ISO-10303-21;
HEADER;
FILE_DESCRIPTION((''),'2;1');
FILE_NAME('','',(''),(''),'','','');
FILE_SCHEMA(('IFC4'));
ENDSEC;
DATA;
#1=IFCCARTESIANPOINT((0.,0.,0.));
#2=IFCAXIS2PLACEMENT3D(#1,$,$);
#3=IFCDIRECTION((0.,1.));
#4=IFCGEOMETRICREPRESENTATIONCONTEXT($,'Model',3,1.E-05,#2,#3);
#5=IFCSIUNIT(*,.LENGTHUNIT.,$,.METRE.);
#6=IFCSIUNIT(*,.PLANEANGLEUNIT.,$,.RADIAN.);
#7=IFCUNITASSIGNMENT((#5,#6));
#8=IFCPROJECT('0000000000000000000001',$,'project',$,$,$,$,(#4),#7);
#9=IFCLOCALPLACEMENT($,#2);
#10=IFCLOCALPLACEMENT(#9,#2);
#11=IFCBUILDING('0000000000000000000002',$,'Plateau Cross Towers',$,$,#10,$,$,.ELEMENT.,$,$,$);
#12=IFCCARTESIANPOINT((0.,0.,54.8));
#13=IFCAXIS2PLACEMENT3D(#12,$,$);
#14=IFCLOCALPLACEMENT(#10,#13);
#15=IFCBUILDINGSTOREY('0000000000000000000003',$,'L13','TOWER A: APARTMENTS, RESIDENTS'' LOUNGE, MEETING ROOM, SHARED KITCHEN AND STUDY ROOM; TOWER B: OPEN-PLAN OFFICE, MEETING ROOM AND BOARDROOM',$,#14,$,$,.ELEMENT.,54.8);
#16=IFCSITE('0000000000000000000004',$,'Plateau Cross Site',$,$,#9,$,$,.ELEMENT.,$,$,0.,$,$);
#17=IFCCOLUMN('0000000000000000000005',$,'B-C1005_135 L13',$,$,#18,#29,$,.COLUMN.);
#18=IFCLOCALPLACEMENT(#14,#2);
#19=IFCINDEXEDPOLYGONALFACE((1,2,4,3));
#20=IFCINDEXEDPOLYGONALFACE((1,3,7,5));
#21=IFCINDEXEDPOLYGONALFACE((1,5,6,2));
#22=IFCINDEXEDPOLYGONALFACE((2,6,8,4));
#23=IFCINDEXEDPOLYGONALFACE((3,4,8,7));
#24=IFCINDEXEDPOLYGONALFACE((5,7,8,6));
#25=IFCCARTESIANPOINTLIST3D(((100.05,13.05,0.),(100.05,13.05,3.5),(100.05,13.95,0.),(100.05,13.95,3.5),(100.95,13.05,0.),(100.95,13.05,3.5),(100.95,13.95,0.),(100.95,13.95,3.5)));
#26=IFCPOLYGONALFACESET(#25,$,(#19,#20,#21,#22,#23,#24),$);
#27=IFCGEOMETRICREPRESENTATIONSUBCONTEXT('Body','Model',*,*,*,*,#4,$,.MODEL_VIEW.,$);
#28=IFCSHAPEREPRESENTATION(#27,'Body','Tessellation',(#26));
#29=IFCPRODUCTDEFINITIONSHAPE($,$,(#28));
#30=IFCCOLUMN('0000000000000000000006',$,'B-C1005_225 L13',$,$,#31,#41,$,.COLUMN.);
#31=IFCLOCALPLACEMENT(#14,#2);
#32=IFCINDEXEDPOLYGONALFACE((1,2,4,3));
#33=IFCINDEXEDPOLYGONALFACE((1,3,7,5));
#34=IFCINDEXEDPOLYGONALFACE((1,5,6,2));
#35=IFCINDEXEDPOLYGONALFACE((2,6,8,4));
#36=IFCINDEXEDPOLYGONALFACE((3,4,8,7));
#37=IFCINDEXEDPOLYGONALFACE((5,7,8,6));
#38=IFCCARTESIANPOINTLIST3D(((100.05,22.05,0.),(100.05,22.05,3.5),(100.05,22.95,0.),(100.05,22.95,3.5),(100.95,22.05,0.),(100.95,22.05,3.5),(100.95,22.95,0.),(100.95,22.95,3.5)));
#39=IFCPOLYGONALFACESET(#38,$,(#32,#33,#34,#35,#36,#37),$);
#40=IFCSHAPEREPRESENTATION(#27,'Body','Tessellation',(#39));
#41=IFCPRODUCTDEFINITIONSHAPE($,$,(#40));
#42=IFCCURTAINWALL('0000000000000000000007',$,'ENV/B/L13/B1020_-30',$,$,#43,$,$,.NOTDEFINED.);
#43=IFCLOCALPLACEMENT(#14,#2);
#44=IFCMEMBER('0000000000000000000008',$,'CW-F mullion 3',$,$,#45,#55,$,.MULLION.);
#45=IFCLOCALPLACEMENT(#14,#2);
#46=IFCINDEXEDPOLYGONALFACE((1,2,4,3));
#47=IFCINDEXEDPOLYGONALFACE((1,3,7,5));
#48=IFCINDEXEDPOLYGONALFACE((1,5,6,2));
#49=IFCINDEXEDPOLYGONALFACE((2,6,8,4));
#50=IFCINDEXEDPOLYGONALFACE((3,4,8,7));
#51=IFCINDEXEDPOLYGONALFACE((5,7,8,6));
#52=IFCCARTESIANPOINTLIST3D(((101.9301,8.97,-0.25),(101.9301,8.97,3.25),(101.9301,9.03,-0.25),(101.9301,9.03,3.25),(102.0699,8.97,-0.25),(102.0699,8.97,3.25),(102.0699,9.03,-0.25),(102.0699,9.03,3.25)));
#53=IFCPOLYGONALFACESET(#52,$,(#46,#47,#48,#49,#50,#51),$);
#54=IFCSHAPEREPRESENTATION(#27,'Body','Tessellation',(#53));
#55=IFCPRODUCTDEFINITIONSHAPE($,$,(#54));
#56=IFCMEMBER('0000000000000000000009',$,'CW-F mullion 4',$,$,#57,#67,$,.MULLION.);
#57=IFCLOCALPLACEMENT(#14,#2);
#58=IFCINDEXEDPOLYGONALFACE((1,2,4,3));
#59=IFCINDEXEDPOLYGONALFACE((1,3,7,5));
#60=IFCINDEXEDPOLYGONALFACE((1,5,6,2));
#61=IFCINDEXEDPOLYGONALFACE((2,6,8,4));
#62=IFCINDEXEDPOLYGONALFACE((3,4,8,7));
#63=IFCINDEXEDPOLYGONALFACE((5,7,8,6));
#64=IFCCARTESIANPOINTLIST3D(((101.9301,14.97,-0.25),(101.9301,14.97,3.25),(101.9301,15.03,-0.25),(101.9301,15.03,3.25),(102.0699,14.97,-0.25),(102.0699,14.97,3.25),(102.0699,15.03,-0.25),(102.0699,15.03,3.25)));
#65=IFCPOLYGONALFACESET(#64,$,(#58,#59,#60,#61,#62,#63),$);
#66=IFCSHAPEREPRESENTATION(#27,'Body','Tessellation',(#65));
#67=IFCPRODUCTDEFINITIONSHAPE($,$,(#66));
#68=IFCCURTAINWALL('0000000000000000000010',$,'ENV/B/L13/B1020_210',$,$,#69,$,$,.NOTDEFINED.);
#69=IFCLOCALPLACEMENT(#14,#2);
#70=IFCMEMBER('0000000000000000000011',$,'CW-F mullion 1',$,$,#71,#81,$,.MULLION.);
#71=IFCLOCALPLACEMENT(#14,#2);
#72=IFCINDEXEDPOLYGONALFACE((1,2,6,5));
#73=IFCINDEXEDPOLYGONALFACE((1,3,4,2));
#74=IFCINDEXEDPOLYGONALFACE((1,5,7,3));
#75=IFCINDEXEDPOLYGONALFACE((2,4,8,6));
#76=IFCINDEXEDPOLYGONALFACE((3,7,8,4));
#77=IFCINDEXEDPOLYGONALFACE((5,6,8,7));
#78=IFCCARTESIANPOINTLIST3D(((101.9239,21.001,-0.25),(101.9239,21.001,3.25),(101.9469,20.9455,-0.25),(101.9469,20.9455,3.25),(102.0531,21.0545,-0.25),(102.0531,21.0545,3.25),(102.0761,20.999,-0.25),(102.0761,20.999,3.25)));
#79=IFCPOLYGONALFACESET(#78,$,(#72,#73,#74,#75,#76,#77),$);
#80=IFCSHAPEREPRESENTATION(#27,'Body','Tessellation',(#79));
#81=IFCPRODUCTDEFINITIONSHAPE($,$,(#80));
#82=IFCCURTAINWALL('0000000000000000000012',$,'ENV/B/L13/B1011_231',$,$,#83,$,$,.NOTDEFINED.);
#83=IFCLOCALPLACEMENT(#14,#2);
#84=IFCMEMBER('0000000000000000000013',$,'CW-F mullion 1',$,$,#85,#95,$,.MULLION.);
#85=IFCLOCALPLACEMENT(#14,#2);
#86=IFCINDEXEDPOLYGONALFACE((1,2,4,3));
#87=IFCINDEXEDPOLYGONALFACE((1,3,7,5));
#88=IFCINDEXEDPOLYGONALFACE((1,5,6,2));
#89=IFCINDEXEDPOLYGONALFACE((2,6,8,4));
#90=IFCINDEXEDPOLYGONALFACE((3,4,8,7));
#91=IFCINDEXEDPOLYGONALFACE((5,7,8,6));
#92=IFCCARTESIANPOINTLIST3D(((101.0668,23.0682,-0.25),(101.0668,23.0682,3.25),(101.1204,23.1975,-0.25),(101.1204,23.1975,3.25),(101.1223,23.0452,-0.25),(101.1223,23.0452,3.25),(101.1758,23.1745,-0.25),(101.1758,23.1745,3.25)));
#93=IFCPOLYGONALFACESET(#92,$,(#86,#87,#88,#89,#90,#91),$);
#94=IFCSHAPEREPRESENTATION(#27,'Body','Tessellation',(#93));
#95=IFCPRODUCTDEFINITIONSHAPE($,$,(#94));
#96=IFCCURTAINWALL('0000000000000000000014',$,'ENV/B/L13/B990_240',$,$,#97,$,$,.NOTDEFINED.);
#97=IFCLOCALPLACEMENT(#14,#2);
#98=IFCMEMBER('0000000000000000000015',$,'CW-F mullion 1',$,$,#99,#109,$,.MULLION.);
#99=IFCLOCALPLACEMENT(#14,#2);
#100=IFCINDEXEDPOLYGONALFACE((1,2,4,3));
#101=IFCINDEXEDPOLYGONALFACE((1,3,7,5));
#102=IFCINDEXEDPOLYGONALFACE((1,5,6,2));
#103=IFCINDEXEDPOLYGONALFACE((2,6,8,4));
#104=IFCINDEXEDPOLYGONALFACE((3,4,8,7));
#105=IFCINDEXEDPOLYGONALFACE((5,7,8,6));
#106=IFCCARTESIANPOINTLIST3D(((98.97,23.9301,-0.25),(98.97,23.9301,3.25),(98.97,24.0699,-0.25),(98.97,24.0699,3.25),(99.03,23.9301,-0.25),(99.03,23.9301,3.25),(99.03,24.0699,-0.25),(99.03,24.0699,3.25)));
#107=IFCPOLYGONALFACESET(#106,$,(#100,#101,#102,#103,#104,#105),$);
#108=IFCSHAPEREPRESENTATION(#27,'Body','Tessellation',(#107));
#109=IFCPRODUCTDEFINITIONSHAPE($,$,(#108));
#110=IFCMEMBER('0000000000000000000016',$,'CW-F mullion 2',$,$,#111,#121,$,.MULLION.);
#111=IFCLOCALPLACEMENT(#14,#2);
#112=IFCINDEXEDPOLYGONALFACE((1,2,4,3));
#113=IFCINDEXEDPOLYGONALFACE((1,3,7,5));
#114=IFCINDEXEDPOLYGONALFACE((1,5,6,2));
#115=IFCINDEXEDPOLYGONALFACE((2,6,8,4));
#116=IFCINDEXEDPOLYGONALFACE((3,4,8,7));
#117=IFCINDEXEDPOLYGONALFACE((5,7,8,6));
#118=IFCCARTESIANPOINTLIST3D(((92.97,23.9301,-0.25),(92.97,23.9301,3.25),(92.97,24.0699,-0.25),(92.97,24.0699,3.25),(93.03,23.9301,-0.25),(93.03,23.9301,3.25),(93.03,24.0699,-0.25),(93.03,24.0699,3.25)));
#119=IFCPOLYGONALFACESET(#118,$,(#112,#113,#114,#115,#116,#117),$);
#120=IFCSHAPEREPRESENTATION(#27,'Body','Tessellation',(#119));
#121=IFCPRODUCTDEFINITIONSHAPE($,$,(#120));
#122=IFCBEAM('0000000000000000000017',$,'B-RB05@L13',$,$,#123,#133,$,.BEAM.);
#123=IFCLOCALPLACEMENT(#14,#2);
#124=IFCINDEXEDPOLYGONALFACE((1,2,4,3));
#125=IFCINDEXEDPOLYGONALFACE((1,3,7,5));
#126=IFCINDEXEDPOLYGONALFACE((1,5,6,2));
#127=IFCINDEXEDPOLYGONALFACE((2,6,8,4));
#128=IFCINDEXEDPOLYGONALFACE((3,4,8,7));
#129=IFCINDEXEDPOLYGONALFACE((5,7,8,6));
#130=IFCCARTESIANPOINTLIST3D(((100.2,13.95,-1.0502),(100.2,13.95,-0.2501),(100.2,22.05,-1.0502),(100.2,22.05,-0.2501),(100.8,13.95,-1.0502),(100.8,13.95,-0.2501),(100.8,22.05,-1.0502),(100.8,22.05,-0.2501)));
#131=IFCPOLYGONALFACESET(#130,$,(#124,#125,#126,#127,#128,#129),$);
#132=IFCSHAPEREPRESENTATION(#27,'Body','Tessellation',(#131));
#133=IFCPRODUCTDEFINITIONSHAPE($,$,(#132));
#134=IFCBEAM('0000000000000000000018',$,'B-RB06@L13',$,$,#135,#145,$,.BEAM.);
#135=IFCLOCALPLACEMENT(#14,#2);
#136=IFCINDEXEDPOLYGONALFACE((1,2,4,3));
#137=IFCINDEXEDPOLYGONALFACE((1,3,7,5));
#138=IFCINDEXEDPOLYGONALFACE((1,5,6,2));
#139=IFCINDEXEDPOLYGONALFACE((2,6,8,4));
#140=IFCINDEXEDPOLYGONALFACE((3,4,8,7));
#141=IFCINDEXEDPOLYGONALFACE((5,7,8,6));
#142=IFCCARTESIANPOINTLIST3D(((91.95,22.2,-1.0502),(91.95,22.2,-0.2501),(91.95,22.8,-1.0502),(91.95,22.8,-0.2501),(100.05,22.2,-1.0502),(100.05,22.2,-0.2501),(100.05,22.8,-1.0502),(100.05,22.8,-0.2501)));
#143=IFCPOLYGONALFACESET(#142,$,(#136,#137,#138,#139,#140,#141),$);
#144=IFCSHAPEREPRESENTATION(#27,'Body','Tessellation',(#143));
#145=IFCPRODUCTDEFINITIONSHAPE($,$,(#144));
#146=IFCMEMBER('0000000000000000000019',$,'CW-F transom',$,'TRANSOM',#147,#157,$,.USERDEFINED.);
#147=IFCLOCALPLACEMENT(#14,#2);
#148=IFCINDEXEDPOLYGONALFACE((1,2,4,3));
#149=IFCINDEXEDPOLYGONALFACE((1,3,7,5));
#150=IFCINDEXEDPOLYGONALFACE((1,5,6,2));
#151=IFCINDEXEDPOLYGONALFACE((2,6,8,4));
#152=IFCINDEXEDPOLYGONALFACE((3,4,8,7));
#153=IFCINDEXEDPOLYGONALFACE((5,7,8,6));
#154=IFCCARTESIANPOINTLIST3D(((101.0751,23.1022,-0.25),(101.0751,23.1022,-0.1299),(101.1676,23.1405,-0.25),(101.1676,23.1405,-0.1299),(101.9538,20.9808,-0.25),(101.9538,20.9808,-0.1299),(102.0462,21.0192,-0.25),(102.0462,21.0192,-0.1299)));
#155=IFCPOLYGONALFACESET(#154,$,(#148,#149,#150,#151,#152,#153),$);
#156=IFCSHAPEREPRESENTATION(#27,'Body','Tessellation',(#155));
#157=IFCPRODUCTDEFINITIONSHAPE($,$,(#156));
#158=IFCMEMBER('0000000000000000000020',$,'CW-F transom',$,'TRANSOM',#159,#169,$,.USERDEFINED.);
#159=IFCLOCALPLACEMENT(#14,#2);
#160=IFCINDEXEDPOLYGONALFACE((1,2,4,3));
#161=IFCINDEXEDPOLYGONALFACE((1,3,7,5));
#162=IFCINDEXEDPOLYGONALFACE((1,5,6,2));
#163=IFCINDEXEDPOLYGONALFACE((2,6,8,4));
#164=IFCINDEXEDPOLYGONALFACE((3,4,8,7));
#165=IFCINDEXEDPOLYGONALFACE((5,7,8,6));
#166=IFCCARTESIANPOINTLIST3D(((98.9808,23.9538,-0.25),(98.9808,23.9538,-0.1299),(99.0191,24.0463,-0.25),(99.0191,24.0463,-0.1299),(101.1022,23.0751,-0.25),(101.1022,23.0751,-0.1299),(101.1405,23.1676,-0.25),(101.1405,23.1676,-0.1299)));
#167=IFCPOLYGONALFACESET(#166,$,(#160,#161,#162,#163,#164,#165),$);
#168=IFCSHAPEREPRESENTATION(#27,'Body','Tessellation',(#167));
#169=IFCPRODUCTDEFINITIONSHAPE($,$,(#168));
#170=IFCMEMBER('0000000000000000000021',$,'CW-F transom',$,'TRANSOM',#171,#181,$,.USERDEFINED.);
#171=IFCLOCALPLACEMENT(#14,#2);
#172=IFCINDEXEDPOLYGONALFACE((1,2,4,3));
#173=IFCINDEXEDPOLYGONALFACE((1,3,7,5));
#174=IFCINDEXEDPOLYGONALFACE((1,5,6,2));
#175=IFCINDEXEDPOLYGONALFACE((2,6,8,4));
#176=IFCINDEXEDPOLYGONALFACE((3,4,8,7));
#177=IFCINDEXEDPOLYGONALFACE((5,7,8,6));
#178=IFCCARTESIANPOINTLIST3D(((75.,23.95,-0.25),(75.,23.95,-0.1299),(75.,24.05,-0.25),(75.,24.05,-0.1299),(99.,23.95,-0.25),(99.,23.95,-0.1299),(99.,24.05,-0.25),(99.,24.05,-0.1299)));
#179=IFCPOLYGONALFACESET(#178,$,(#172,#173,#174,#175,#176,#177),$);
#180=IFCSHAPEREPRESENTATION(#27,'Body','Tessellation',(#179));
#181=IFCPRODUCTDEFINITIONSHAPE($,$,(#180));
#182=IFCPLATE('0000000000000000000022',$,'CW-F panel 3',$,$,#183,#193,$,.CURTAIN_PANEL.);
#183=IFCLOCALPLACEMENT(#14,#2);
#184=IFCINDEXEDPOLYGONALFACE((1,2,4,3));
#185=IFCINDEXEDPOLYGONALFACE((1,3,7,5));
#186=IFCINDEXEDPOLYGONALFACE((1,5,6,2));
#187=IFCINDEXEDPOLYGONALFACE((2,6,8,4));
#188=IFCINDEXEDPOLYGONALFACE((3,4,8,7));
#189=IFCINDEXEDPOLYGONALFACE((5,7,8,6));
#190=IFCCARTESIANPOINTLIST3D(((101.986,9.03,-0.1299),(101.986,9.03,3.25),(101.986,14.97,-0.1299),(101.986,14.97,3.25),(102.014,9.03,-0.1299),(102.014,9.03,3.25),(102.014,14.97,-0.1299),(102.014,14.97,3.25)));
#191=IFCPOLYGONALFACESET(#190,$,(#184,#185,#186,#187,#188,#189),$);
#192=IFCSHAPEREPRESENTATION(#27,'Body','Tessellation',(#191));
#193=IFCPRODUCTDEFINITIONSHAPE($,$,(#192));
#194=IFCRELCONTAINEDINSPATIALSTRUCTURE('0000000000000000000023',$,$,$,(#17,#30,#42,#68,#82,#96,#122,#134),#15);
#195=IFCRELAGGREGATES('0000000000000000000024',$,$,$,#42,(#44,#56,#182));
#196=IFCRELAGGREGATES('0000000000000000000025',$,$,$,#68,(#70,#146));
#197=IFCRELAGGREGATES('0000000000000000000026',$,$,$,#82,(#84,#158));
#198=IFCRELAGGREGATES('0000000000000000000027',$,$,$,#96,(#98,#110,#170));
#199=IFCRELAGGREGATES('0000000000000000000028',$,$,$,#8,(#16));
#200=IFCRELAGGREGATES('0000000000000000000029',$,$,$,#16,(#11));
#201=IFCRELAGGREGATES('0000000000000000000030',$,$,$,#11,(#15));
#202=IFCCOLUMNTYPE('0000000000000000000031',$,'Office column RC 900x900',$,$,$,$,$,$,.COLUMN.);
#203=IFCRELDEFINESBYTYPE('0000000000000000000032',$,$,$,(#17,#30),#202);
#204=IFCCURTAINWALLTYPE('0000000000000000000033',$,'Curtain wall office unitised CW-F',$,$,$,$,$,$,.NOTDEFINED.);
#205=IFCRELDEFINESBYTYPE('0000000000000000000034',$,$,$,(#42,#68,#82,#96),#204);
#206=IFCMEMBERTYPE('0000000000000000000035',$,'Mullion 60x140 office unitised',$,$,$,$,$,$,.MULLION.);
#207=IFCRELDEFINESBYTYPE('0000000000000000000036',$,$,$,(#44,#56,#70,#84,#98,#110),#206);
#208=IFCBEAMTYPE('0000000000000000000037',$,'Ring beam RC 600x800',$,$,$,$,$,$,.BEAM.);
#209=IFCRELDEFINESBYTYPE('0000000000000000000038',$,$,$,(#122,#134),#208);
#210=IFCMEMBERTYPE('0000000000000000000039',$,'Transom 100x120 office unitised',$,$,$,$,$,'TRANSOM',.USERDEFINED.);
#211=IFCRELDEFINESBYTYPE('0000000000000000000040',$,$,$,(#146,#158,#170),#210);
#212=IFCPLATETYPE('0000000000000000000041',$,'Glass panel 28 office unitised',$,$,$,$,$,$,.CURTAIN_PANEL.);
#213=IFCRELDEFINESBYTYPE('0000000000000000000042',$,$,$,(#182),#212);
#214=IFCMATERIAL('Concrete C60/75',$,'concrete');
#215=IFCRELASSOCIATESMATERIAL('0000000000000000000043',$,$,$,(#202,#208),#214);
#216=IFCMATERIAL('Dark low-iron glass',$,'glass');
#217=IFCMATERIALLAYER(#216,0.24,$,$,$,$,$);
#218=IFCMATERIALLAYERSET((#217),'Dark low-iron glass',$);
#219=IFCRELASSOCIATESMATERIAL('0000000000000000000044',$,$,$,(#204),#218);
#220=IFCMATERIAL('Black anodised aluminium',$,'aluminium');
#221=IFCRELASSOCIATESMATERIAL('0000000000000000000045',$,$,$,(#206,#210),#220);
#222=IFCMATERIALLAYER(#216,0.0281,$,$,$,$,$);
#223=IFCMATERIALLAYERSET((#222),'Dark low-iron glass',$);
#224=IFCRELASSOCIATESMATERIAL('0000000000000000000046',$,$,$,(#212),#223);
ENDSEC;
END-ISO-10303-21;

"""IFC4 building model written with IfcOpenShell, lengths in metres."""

from ifc_helpers import new_model, si_unit, direction, frame, origin, origin_2d, place, context, subcontext, project, spatial, rectangle, extrude, material, layer, layer_set, material_profile, profile_set, type_object, element, aggregate, save


model = new_model("IFC4")

# Units and contexts
model_context = context("Model", 3, precision=1e-05, world=origin(), true_north=direction((0.0, 1.0)))
body_context = subcontext(model_context, "Body", "Model", "MODEL_VIEW")
ifc_project = project(units=[si_unit("LENGTHUNIT", "METRE"), si_unit("PLANEANGLEUNIT", "RADIAN")], contexts=[model_context])

# Site, building, storey
site_placement = place(None, origin())
site = spatial("IfcSite", under=ifc_project, at=site_placement, Name="Plateau Cross Site", CompositionType="ELEMENT", RefElevation=0.0)
building_placement = place(site_placement, origin())
building = spatial("IfcBuilding", under=site, at=building_placement, Name="Plateau Cross Towers", CompositionType="ELEMENT")
storey_placement = place(building_placement, frame((0.0, 0.0, 54.8)))
storey = spatial("IfcBuildingStorey", under=building, at=storey_placement, Name="L13", Description="TOWER A: APARTMENTS, RESIDENTS' LOUNGE, MEETING ROOM, SHARED KITCHEN AND STUDY ROOM; TOWER B: OPEN-PLAN OFFICE, MEETING ROOM AND BOARDROOM", CompositionType="ELEMENT", Elevation=54.8)

# Columns
ifc_material_1 = material(Name="Concrete C60/75", Category="concrete")
ifc_material_profile_1 = material_profile(ifc_material_1, rectangle(XDim=0.8999, YDim=0.8999, at=origin_2d()), Name="RC 900x900")
ifc_profile_set_1 = profile_set([ifc_material_profile_1], Name="Concrete C60/75")
column_type = type_object("IfcColumnType", Name="Office column RC 900x900", PredefinedType="COLUMN", material=ifc_profile_set_1)
for number, where, z_axis, x_axis, name in (
    (1, (100.5, 13.5, 0.0), (0.0, 0.0, 1.0), (1.0, 0.0, 0.0), "B-C1005_135 L13"),
    (2, (100.5, 22.5, 0.0), (0.0, 0.0, 1.0), (1.0, 0.0, 0.0), "B-C1005_225 L13"),
):
    element("IfcColumn", number, at=place(storey_placement, frame(where, z_axis=z_axis, x_axis=x_axis)), inside=storey, type_object=column_type, Name=name, PredefinedType="COLUMN", context=body_context, shape_type="SweptSolid", body=[
        extrude(rectangle(XDim=0.8999, YDim=0.8999, at=origin_2d()), origin(), (0.0, 0.0, 1.0), 3.5),
    ])

# Curtain wall, members
ifc_material_2 = material(Name="Dark low-iron glass", Category="glass")
ifc_layer_1 = layer(ifc_material_2, 0.24)
ifc_layer_set_1 = layer_set([ifc_layer_1], Name="Dark low-iron glass")
curtain_wall_type = type_object("IfcCurtainWallType", Name="Curtain wall office unitised CW-F", PredefinedType="NOTDEFINED", material=ifc_layer_set_1)
curtain_wall_1_placement = place(storey_placement, origin())
curtain_wall_1 = element("IfcCurtainWall", 3, at=curtain_wall_1_placement, inside=storey, type_object=curtain_wall_type, Name="ENV/B/L13/B1020_-30", PredefinedType="NOTDEFINED")
ifc_material_3 = material(Name="Black anodised aluminium", Category="aluminium")
ifc_material_profile_2 = material_profile(ifc_material_3, rectangle(XDim=0.0601, YDim=0.1399, at=origin_2d()), Name="MULLION 60x140")
ifc_profile_set_2 = profile_set([ifc_material_profile_2], Name="Black anodised aluminium")
member_type_1 = type_object("IfcMemberType", Name="Mullion 60x140 office unitised", PredefinedType="MULLION", material=ifc_profile_set_2)
member_1_placement = place(storey_placement, frame((102.0, 9.0, -0.25), z_axis=(0.0, 0.0, 1.0), x_axis=(0.0, 1.0, 0.0)))
member_1 = element("IfcMember", 4, at=member_1_placement, type_object=member_type_1, Name="CW-F mullion 3", PredefinedType="MULLION", context=body_context, shape_type="SweptSolid", body=[
    extrude(rectangle(XDim=0.0601, YDim=0.1399, at=origin_2d()), origin(), (0.0, 0.0, 1.0), 3.5),
])
member_2_placement = place(storey_placement, frame((102.0, 15.0, -0.25), z_axis=(0.0, 0.0, 1.0), x_axis=(0.0, 1.0, 0.0)))
member_2 = element("IfcMember", 5, at=member_2_placement, type_object=member_type_1, Name="CW-F mullion 4", PredefinedType="MULLION", context=body_context, shape_type="SweptSolid", body=[
    extrude(rectangle(XDim=0.0601, YDim=0.1399, at=origin_2d()), origin(), (0.0, 0.0, 1.0), 3.5),
])

# Curtain walls, members
curtain_wall_2_placement = place(storey_placement, origin())
curtain_wall_2 = element("IfcCurtainWall", 6, at=curtain_wall_2_placement, inside=storey, type_object=curtain_wall_type, Name="ENV/B/L13/B1020_210", PredefinedType="NOTDEFINED")
member_3_placement = place(storey_placement, frame((102.0, 21.0, -0.25), z_axis=(0.0, 0.0, 1.0), x_axis=(-0.382684, 0.923879, 0.0)))
member_3 = element("IfcMember", 7, at=member_3_placement, type_object=member_type_1, Name="CW-F mullion 1", PredefinedType="MULLION", context=body_context, shape_type="SweptSolid", body=[
    extrude(rectangle(XDim=0.0601, YDim=0.1399, at=origin_2d()), origin(), (0.0, 0.0, 1.0), 3.5),
])
curtain_wall_3_placement = place(storey_placement, origin())
curtain_wall_3 = element("IfcCurtainWall", 8, at=curtain_wall_3_placement, inside=storey, type_object=curtain_wall_type, Name="ENV/B/L13/B1011_231", PredefinedType="NOTDEFINED")
member_4_placement = place(storey_placement, frame((101.1213, 23.1213, -0.25), z_axis=(0.0, 0.0, 1.0), x_axis=(-0.923879, 0.382684, 0.0)))
member_4 = element("IfcMember", 9, at=member_4_placement, type_object=member_type_1, Name="CW-F mullion 1", PredefinedType="MULLION", context=body_context, shape_type="SweptSolid", body=[
    extrude(rectangle(XDim=0.0601, YDim=0.1399, at=origin_2d()), origin(), (0.0, 0.0, 1.0), 3.5),
])

# Curtain wall, members
curtain_wall_4_placement = place(storey_placement, origin())
curtain_wall_4 = element("IfcCurtainWall", 10, at=curtain_wall_4_placement, inside=storey, type_object=curtain_wall_type, Name="ENV/B/L13/B990_240", PredefinedType="NOTDEFINED")
member_5_placement = place(storey_placement, frame((99.0, 24.0, -0.25), z_axis=(0.0, 0.0, 1.0), x_axis=(-1.0, 0.0, 0.0)))
member_5 = element("IfcMember", 11, at=member_5_placement, type_object=member_type_1, Name="CW-F mullion 1", PredefinedType="MULLION", context=body_context, shape_type="SweptSolid", body=[
    extrude(rectangle(XDim=0.0601, YDim=0.1399, at=origin_2d()), origin(), (0.0, 0.0, 1.0), 3.5),
])
member_6_placement = place(storey_placement, frame((93.0, 24.0, -0.25), z_axis=(0.0, 0.0, 1.0), x_axis=(-1.0, 0.0, 0.0)))
member_6 = element("IfcMember", 12, at=member_6_placement, type_object=member_type_1, Name="CW-F mullion 2", PredefinedType="MULLION", context=body_context, shape_type="SweptSolid", body=[
    extrude(rectangle(XDim=0.0601, YDim=0.1399, at=origin_2d()), origin(), (0.0, 0.0, 1.0), 3.5),
])

# Beams
ifc_material_profile_3 = material_profile(ifc_material_1, rectangle(XDim=0.6001, YDim=0.8, at=origin_2d()), Name="RC 600x800")
ifc_profile_set_3 = profile_set([ifc_material_profile_3], Name="Concrete C60/75")
beam_type = type_object("IfcBeamType", Name="Ring beam RC 600x800", PredefinedType="BEAM", material=ifc_profile_set_3)
for number, where, z_axis, x_axis, name in (
    (13, (100.5, 13.95, -0.6501), (0.0, 1.0, 0.0), (-1.0, 0.0, 0.0), "B-RB05@L13"),
    (14, (100.05, 22.5, -0.6501), (-1.0, 0.0, 0.0), (0.0, -1.0, 0.0), "B-RB06@L13"),
):
    element("IfcBeam", number, at=place(storey_placement, frame(where, z_axis=z_axis, x_axis=x_axis)), inside=storey, type_object=beam_type, Name=name, PredefinedType="BEAM", context=body_context, shape_type="SweptSolid", body=[
        extrude(rectangle(XDim=0.6001, YDim=0.8, at=origin_2d()), origin(), (0.0, 0.0, 1.0), 8.1001),
    ])

# Members
ifc_material_profile_4 = material_profile(ifc_material_3, rectangle(XDim=0.1001, YDim=0.1201, at=origin_2d()), Name="TRANSOM 100x120")
ifc_profile_set_4 = profile_set([ifc_material_profile_4], Name="Black anodised aluminium")
member_type_2 = type_object("IfcMemberType", Name="Transom 100x120 office unitised", ElementType="TRANSOM", PredefinedType="USERDEFINED", material=ifc_profile_set_4)
member_7_placement = place(storey_placement, frame((102.0, 21.0, -0.1899), z_axis=(-0.382674, 0.923883, 0.0), x_axis=(-0.923883, -0.382674, 0.0)))
member_7 = element("IfcMember", 15, at=member_7_placement, type_object=member_type_2, Name="CW-F transom", ObjectType="TRANSOM", PredefinedType="USERDEFINED", context=body_context, shape_type="SweptSolid", body=[
    extrude(rectangle(XDim=0.1001, YDim=0.1201, at=origin_2d()), origin(), (0.0, 0.0, 1.0), 2.2961),
])
member_8_placement = place(storey_placement, frame((101.1213, 23.1213, -0.1899), z_axis=(-0.923883, 0.382674, 0.0), x_axis=(-0.382674, -0.923883, 0.0)))
member_8 = element("IfcMember", 16, at=member_8_placement, type_object=member_type_2, Name="CW-F transom", ObjectType="TRANSOM", PredefinedType="USERDEFINED", context=body_context, shape_type="SweptSolid", body=[
    extrude(rectangle(XDim=0.1001, YDim=0.1201, at=origin_2d()), origin(), (0.0, 0.0, 1.0), 2.2961),
])
member_9_placement = place(storey_placement, frame((99.0, 24.0, -0.1899), z_axis=(-1.0, 0.0, 0.0), x_axis=(0.0, -1.0, 0.0)))
member_9 = element("IfcMember", 17, at=member_9_placement, type_object=member_type_2, Name="CW-F transom", ObjectType="TRANSOM", PredefinedType="USERDEFINED", context=body_context, shape_type="SweptSolid", body=[
    extrude(rectangle(XDim=0.1001, YDim=0.1201, at=origin_2d()), origin(), (0.0, 0.0, 1.0), 24.0),
])

# Plate
ifc_layer_2 = layer(ifc_material_2, 0.0281)
ifc_layer_set_2 = layer_set([ifc_layer_2], Name="Dark low-iron glass")
plate_type = type_object("IfcPlateType", Name="Glass panel 28 office unitised", PredefinedType="CURTAIN_PANEL", material=ifc_layer_set_2)
plate_1_placement = place(storey_placement, frame((102.0, 12.0, -0.1299), z_axis=(0.0, 0.0, 1.0), x_axis=(0.0, 1.0, 0.0)))
plate_1 = element("IfcPlate", 18, at=plate_1_placement, type_object=plate_type, Name="CW-F panel 3", PredefinedType="CURTAIN_PANEL", context=body_context, shape_type="SweptSolid", body=[
    extrude(rectangle(XDim=5.9399, YDim=0.0281, at=origin_2d()), origin(), (0.0, 0.0, 1.0), 3.3799),
])
aggregate(curtain_wall_1, [member_1, member_2, plate_1])
aggregate(curtain_wall_2, [member_3, member_7])
aggregate(curtain_wall_3, [member_4, member_8])
aggregate(curtain_wall_4, [member_5, member_6, member_9])

save(model, "model.ifc")
